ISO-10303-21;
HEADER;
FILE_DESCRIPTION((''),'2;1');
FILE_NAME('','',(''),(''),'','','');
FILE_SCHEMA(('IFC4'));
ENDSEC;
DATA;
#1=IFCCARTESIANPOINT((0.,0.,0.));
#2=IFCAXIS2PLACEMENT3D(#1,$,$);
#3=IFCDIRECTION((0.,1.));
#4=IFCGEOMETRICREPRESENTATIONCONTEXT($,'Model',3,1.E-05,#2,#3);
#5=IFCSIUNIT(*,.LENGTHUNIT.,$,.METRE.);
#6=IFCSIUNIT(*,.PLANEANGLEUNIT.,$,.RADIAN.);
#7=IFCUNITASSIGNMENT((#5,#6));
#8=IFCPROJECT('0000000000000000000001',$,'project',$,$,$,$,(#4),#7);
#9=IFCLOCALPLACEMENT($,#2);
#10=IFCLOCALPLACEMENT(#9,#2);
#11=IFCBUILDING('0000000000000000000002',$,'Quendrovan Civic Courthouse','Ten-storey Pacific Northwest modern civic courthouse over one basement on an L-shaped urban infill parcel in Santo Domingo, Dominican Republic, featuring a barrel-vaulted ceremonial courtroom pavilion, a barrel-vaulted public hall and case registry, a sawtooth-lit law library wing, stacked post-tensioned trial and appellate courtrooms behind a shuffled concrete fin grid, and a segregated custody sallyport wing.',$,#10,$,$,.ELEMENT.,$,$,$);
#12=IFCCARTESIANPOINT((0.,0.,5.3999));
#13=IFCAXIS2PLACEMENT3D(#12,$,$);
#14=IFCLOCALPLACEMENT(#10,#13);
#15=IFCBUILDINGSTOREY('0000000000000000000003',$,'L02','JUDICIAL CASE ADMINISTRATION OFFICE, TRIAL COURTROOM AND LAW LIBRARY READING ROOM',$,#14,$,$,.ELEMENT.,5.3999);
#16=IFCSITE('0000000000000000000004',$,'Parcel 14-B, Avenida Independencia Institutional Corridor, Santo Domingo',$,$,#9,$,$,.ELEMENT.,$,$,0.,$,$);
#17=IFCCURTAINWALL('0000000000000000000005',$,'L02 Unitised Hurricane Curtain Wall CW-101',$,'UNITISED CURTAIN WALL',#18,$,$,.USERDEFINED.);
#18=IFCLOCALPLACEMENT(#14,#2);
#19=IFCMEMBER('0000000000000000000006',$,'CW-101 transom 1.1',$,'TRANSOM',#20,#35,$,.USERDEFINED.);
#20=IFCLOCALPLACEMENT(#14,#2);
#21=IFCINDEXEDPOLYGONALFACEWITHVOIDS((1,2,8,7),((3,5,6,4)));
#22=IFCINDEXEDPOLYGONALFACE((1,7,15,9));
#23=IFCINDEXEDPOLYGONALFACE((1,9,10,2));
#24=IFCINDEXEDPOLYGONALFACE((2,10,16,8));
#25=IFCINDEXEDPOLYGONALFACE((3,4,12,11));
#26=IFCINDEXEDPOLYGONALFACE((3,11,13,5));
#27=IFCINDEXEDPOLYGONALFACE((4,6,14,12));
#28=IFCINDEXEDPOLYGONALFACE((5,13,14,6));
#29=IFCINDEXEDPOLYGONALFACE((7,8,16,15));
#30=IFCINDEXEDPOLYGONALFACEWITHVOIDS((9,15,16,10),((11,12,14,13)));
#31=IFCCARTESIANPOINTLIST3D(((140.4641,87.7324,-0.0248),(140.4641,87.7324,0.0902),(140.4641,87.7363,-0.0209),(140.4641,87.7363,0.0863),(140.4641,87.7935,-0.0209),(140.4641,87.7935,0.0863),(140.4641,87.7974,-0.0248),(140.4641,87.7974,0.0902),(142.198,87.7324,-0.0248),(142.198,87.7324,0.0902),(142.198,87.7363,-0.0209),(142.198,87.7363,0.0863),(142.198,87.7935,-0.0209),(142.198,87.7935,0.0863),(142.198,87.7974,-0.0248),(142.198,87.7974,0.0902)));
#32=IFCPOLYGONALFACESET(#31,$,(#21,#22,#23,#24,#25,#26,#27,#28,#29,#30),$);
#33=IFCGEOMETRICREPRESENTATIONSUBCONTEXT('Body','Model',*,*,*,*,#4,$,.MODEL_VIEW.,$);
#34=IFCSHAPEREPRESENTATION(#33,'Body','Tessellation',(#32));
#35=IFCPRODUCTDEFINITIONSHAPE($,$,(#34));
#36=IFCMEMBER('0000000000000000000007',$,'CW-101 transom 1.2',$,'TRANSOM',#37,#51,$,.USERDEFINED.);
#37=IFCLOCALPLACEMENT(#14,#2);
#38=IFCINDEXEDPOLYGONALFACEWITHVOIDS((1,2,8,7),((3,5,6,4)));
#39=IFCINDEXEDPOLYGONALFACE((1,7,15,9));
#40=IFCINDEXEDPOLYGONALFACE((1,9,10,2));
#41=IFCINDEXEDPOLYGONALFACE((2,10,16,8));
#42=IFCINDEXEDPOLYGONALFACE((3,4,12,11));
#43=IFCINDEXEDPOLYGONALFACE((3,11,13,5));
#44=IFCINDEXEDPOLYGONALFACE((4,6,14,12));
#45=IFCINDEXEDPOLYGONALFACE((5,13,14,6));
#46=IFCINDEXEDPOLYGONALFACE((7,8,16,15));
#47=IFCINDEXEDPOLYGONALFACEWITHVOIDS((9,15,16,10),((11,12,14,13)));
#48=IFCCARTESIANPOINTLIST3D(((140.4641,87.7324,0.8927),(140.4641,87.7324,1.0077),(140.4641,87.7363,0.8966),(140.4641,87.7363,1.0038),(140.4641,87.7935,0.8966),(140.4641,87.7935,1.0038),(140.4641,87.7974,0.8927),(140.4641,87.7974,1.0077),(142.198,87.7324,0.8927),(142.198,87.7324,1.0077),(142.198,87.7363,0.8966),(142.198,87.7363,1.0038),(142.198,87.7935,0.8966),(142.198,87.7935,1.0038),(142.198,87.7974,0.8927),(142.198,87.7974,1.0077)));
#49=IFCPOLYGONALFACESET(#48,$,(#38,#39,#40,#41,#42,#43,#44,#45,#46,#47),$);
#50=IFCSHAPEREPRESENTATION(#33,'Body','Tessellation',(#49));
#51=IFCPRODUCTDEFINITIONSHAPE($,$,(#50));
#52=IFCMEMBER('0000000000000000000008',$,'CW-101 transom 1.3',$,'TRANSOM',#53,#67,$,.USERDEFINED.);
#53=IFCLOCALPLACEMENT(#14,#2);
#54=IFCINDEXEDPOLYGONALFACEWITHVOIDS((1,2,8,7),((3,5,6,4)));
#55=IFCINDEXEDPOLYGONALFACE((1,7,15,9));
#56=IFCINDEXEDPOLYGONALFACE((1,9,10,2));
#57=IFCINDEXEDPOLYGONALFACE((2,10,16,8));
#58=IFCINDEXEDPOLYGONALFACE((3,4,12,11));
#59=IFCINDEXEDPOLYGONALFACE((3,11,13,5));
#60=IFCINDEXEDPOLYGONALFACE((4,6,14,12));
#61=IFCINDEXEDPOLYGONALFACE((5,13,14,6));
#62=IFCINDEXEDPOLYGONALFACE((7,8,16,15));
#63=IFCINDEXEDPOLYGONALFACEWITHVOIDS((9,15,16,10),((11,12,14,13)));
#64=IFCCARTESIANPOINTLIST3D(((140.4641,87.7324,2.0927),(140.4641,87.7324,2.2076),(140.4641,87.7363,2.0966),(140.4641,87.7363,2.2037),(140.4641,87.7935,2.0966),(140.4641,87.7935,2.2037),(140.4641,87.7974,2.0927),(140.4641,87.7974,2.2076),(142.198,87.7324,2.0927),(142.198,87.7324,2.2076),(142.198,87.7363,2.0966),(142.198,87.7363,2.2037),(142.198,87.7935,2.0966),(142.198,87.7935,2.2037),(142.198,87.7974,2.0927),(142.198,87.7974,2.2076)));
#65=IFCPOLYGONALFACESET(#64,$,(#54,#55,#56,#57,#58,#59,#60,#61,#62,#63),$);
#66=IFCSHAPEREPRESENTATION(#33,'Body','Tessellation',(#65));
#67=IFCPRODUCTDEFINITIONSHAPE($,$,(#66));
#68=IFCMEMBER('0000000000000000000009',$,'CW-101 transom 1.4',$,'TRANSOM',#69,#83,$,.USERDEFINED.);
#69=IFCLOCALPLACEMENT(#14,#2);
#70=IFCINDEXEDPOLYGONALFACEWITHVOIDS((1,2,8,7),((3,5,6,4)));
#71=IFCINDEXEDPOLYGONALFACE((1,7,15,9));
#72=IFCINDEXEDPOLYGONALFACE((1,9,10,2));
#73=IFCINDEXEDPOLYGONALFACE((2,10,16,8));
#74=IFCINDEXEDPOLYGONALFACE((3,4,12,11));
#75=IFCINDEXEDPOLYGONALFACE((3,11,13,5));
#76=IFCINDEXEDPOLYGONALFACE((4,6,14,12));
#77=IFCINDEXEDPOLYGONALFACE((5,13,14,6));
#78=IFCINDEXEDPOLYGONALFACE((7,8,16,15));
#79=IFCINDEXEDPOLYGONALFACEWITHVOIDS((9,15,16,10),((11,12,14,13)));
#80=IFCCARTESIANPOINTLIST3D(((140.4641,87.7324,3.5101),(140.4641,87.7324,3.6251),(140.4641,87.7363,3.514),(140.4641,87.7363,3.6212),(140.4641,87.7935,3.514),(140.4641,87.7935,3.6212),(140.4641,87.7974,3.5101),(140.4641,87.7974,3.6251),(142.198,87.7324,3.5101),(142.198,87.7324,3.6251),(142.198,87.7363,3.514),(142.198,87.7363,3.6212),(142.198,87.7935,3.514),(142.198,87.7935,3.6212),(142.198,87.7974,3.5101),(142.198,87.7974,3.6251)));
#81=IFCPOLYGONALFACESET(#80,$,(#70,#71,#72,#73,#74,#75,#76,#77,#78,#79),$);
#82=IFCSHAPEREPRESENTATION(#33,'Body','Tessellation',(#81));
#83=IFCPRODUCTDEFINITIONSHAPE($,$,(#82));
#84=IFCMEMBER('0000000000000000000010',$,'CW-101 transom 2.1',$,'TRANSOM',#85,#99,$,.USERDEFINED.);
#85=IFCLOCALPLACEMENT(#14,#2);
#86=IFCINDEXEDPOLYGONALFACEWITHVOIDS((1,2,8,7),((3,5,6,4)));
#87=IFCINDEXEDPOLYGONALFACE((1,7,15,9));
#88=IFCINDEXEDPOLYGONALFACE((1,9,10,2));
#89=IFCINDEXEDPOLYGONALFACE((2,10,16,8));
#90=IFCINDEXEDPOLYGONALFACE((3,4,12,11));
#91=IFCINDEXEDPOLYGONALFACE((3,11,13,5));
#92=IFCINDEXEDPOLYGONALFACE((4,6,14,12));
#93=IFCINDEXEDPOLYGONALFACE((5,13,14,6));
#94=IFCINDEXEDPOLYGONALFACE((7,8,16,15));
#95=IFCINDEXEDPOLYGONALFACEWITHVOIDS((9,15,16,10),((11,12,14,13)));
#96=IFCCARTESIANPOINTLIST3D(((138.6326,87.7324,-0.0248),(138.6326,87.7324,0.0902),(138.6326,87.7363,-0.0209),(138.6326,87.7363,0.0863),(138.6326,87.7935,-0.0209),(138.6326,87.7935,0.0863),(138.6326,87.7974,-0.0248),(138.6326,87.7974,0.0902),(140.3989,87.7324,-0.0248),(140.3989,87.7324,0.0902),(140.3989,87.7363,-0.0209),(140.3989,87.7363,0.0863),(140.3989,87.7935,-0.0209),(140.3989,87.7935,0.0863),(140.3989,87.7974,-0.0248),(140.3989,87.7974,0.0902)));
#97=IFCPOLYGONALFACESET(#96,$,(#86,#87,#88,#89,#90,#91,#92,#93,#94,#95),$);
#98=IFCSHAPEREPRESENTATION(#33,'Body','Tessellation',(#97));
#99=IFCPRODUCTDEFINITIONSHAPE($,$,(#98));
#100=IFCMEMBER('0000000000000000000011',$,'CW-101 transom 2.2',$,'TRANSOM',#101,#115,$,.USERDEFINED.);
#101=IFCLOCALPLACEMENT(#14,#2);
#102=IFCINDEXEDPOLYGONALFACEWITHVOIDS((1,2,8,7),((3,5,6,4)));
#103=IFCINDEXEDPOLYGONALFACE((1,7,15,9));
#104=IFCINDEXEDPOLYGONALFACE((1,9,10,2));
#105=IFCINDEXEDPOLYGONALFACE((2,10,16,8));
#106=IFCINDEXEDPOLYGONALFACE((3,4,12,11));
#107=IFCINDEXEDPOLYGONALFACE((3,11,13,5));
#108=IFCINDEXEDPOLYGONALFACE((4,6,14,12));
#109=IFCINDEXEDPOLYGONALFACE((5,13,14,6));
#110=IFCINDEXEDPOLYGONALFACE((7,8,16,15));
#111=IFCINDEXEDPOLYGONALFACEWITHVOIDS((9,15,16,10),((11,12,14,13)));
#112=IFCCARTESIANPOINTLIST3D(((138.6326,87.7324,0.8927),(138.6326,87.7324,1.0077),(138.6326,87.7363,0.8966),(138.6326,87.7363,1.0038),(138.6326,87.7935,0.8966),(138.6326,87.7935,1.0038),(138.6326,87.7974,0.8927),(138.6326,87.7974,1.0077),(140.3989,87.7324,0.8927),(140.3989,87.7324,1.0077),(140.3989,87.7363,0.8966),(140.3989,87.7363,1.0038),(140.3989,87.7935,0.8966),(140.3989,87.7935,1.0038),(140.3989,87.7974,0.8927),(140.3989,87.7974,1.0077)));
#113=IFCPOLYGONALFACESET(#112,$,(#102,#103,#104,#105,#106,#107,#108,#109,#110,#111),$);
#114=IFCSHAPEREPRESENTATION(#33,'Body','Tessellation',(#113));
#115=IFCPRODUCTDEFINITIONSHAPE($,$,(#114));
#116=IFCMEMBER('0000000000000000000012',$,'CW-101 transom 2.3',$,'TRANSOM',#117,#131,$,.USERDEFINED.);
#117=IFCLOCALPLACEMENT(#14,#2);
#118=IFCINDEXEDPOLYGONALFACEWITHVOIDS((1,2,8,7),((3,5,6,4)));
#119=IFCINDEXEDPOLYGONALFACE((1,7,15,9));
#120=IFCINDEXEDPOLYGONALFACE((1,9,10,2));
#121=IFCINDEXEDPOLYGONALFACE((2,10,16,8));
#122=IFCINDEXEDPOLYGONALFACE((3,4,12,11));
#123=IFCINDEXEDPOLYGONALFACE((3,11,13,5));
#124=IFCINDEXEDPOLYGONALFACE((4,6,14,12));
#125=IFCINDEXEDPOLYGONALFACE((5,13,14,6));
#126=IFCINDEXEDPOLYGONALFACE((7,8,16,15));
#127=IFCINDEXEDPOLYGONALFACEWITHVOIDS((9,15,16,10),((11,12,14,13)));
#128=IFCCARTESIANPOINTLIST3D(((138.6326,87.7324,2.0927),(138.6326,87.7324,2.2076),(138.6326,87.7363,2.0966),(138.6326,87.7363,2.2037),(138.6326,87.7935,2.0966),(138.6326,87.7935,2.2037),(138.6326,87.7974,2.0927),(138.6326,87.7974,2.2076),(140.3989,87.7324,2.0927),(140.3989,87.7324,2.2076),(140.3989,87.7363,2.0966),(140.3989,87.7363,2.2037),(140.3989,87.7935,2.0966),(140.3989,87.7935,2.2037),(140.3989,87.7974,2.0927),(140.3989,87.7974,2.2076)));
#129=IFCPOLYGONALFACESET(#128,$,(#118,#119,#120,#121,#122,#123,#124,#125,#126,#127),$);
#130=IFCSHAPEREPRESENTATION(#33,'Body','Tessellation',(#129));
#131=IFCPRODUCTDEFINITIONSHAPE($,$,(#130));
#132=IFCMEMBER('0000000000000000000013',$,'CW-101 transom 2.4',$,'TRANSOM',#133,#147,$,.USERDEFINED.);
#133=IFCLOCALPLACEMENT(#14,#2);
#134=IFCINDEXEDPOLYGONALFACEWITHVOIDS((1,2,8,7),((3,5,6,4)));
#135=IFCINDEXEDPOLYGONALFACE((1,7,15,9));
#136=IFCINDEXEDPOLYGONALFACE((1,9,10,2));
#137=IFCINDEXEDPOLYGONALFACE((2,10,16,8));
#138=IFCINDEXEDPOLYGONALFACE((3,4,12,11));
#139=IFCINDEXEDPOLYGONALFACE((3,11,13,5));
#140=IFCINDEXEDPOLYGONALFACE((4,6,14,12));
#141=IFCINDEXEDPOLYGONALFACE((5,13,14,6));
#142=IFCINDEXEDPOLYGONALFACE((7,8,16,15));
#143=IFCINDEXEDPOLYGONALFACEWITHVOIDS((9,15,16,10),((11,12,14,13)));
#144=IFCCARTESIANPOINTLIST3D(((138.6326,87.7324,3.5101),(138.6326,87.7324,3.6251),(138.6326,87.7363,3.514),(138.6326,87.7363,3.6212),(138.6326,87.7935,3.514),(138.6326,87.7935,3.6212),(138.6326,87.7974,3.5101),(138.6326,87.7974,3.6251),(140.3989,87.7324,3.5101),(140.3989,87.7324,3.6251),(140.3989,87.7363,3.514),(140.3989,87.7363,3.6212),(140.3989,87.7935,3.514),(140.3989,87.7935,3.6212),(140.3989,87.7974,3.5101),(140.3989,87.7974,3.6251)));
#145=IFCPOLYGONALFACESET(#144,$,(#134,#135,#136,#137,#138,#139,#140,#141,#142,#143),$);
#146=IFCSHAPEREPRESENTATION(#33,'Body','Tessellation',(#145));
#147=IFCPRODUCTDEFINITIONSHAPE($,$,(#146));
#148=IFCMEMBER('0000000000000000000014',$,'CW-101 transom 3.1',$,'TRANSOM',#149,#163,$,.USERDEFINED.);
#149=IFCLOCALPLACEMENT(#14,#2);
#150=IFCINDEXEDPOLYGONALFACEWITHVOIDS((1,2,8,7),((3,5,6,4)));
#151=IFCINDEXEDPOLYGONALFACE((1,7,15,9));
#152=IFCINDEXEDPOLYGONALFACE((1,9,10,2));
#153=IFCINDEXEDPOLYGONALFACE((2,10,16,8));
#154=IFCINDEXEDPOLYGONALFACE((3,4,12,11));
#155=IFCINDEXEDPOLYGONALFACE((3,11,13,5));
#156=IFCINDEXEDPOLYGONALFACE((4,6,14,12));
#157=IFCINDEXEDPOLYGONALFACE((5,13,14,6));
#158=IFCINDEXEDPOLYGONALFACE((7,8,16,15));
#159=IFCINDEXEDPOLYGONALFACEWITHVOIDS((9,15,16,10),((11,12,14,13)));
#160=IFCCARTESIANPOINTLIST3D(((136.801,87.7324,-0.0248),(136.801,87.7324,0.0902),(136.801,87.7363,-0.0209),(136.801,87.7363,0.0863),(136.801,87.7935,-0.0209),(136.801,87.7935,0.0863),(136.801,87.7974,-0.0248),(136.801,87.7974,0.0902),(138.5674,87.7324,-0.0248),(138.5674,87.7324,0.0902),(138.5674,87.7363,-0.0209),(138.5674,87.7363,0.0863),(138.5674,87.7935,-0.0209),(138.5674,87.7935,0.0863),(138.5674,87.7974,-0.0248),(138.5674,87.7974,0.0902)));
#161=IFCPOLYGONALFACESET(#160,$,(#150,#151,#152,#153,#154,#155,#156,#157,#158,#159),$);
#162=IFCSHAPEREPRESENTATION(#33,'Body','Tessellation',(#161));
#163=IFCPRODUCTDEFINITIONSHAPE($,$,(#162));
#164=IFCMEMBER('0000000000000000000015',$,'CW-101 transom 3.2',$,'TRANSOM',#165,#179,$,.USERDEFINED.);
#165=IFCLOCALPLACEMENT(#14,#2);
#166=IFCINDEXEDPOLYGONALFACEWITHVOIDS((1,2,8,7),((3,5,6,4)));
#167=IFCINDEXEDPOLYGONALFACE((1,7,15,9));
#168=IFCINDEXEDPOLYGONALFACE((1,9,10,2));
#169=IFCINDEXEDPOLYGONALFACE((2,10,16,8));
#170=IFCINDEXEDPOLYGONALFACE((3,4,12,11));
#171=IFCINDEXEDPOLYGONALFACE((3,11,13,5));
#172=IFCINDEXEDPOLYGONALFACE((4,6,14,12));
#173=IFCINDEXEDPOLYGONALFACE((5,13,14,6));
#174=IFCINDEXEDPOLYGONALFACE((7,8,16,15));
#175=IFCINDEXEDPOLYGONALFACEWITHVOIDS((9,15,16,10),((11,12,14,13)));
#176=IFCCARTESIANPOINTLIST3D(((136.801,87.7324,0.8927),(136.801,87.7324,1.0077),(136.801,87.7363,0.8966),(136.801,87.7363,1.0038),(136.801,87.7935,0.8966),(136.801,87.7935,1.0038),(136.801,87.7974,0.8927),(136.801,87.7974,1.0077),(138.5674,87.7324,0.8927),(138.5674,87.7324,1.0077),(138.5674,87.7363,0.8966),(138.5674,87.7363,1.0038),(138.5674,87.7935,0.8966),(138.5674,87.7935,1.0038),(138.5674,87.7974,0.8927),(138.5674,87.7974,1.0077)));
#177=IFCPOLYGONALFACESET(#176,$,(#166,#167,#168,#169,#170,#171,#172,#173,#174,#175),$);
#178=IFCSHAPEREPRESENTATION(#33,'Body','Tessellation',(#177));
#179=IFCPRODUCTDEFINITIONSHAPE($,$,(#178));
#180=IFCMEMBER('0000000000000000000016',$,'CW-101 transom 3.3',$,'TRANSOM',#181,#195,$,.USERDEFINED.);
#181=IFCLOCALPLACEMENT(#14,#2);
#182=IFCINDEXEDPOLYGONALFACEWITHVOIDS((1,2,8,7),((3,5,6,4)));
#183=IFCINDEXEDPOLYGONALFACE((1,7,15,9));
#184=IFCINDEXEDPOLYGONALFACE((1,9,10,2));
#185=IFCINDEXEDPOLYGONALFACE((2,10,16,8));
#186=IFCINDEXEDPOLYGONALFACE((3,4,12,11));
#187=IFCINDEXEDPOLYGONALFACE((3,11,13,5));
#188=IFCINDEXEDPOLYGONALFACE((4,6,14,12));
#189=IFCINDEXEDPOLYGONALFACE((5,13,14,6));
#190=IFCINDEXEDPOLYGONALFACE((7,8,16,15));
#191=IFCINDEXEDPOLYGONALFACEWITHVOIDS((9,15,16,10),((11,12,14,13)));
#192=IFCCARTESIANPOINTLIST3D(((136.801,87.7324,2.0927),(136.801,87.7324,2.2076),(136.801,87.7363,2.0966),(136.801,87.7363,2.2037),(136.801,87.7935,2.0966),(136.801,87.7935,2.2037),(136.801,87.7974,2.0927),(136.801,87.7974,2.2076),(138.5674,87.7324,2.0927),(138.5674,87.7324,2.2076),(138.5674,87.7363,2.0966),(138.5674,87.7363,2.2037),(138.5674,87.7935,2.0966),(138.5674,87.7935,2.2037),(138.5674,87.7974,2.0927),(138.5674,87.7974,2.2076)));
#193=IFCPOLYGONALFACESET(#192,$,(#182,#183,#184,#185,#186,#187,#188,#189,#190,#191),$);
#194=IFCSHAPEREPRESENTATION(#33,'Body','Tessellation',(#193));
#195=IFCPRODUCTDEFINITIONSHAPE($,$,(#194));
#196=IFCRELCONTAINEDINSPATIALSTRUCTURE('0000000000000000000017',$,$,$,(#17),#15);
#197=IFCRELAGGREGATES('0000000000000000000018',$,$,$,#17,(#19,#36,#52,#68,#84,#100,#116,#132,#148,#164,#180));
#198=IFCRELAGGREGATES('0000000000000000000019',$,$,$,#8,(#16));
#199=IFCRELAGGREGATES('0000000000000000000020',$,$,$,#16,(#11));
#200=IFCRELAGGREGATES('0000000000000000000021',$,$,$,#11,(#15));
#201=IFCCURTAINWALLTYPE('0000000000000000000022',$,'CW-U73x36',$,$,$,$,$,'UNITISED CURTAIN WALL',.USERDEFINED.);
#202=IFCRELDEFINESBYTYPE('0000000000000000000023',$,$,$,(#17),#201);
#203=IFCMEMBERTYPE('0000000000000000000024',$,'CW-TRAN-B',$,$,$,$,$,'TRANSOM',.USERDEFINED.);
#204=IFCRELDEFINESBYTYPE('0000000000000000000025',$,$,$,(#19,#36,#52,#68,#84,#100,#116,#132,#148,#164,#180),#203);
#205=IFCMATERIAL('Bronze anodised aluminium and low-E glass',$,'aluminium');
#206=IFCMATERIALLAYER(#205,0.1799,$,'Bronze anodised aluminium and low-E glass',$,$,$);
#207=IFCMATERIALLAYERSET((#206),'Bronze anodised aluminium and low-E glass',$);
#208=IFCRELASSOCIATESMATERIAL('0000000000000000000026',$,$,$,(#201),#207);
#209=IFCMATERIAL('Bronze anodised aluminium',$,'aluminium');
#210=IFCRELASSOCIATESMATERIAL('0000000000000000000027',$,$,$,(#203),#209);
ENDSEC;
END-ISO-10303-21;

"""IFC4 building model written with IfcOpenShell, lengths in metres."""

from ifc_helpers import new_model, si_unit, direction, frame, origin, origin_2d, place, context, subcontext, project, spatial, hollow_rectangle, extrude, material, layer, layer_set, material_profile, profile_set, type_object, element, aggregate, save


model = new_model("IFC4")

# Units and contexts
model_context = context("Model", 3, precision=1e-05, world=origin(), true_north=direction((0.0, 1.0)))
body_context = subcontext(model_context, "Body", "Model", "MODEL_VIEW")
ifc_project = project(units=[si_unit("LENGTHUNIT", "METRE"), si_unit("PLANEANGLEUNIT", "RADIAN")], contexts=[model_context])

# Site, building, storey
site_placement = place(None, origin())
site = spatial("IfcSite", under=ifc_project, at=site_placement, Name="Parcel 14-B, Avenida Independencia Institutional Corridor, Santo Domingo", CompositionType="ELEMENT", RefElevation=0.0)
building_placement = place(site_placement, origin())
building = spatial("IfcBuilding", under=site, at=building_placement, Name="Quendrovan Civic Courthouse", Description="Ten-storey Pacific Northwest modern civic courthouse over one basement on an L-shaped urban infill parcel in Santo Domingo, Dominican Republic, featuring a barrel-vaulted ceremonial courtroom pavilion, a barrel-vaulted public hall and case registry, a sawtooth-lit law library wing, stacked post-tensioned trial and appellate courtrooms behind a shuffled concrete fin grid, and a segregated custody sallyport wing.", CompositionType="ELEMENT")
storey_placement = place(building_placement, frame((0.0, 0.0, 5.3999)))
storey = spatial("IfcBuildingStorey", under=building, at=storey_placement, Name="L02", Description="JUDICIAL CASE ADMINISTRATION OFFICE, TRIAL COURTROOM AND LAW LIBRARY READING ROOM", CompositionType="ELEMENT", Elevation=5.3999)

# Curtain wall
ifc_material_1 = material(Name="Bronze anodised aluminium and low-E glass", Category="aluminium")
ifc_material_2 = material(Name="Bronze anodised aluminium", Category="aluminium")
ifc_layer_1 = layer(ifc_material_1, 0.1799, Name="Bronze anodised aluminium and low-E glass")
ifc_layer_set_1 = layer_set([ifc_layer_1], Name="Bronze anodised aluminium and low-E glass")
curtain_wall_type_1 = type_object("IfcCurtainWallType", Name="CW-U73x36", ElementType="UNITISED CURTAIN WALL", PredefinedType="USERDEFINED", material=ifc_layer_set_1)
curtain_wall_1_placement = place(storey_placement, origin())
curtain_wall_1 = element("IfcCurtainWall", 1, at=curtain_wall_1_placement, inside=storey, type_object=curtain_wall_type_1, Name="L02 Unitised Hurricane Curtain Wall CW-101", ObjectType="UNITISED CURTAIN WALL", PredefinedType="USERDEFINED")

# Members
ifc_material_profile_1 = material_profile(ifc_material_2, hollow_rectangle(XDim=0.0649, YDim=0.115, WallThickness=0.0039, at=origin_2d()), Name="CW-TRAN-65x115")
ifc_profile_set_1 = profile_set([ifc_material_profile_1], Name="Bronze anodised aluminium")
member_type_1 = type_object("IfcMemberType", Name="CW-TRAN-B", ElementType="TRANSOM", PredefinedType="USERDEFINED", material=ifc_profile_set_1)
member_1_placement = place(storey_placement, frame((142.198, 87.7649, 0.0327), z_axis=(-1.0, 0.0, 0.0), x_axis=(0.0, -1.0, 0.0)))
member_1 = element("IfcMember", 2, at=member_1_placement, type_object=member_type_1, Name="CW-101 transom 1.1", ObjectType="TRANSOM", PredefinedType="USERDEFINED", context=body_context, shape_type="SweptSolid", body=[
    extrude(hollow_rectangle(XDim=0.0649, YDim=0.115, WallThickness=0.0039, at=origin_2d()), origin(), (0.0, 0.0, 1.0), 1.7339),
])
member_2_placement = place(storey_placement, frame((142.198, 87.7649, 0.9502), z_axis=(-1.0, 0.0, 0.0), x_axis=(0.0, -1.0, 0.0)))
member_2 = element("IfcMember", 3, at=member_2_placement, type_object=member_type_1, Name="CW-101 transom 1.2", ObjectType="TRANSOM", PredefinedType="USERDEFINED", context=body_context, shape_type="SweptSolid", body=[
    extrude(hollow_rectangle(XDim=0.0649, YDim=0.115, WallThickness=0.0039, at=origin_2d()), origin(), (0.0, 0.0, 1.0), 1.7339),
])
member_3_placement = place(storey_placement, frame((142.198, 87.7649, 2.1501), z_axis=(-1.0, 0.0, 0.0), x_axis=(0.0, -1.0, 0.0)))
member_3 = element("IfcMember", 4, at=member_3_placement, type_object=member_type_1, Name="CW-101 transom 1.3", ObjectType="TRANSOM", PredefinedType="USERDEFINED", context=body_context, shape_type="SweptSolid", body=[
    extrude(hollow_rectangle(XDim=0.0649, YDim=0.115, WallThickness=0.0039, at=origin_2d()), origin(), (0.0, 0.0, 1.0), 1.7339),
])
member_4_placement = place(storey_placement, frame((142.198, 87.7649, 3.5676), z_axis=(-1.0, 0.0, 0.0), x_axis=(0.0, -1.0, 0.0)))
member_4 = element("IfcMember", 5, at=member_4_placement, type_object=member_type_1, Name="CW-101 transom 1.4", ObjectType="TRANSOM", PredefinedType="USERDEFINED", context=body_context, shape_type="SweptSolid", body=[
    extrude(hollow_rectangle(XDim=0.0649, YDim=0.115, WallThickness=0.0039, at=origin_2d()), origin(), (0.0, 0.0, 1.0), 1.7339),
])
member_5_placement = place(storey_placement, frame((140.3989, 87.7649, 0.0327), z_axis=(-1.0, 0.0, 0.0), x_axis=(0.0, -1.0, 0.0)))
member_5 = element("IfcMember", 6, at=member_5_placement, type_object=member_type_1, Name="CW-101 transom 2.1", ObjectType="TRANSOM", PredefinedType="USERDEFINED", context=body_context, shape_type="SweptSolid", body=[
    extrude(hollow_rectangle(XDim=0.0649, YDim=0.115, WallThickness=0.0039, at=origin_2d()), origin(), (0.0, 0.0, 1.0), 1.7664),
])
member_6_placement = place(storey_placement, frame((140.3989, 87.7649, 0.9502), z_axis=(-1.0, 0.0, 0.0), x_axis=(0.0, -1.0, 0.0)))
member_6 = element("IfcMember", 7, at=member_6_placement, type_object=member_type_1, Name="CW-101 transom 2.2", ObjectType="TRANSOM", PredefinedType="USERDEFINED", context=body_context, shape_type="SweptSolid", body=[
    extrude(hollow_rectangle(XDim=0.0649, YDim=0.115, WallThickness=0.0039, at=origin_2d()), origin(), (0.0, 0.0, 1.0), 1.7664),
])
member_7_placement = place(storey_placement, frame((140.3989, 87.7649, 2.1501), z_axis=(-1.0, 0.0, 0.0), x_axis=(0.0, -1.0, 0.0)))
member_7 = element("IfcMember", 8, at=member_7_placement, type_object=member_type_1, Name="CW-101 transom 2.3", ObjectType="TRANSOM", PredefinedType="USERDEFINED", context=body_context, shape_type="SweptSolid", body=[
    extrude(hollow_rectangle(XDim=0.0649, YDim=0.115, WallThickness=0.0039, at=origin_2d()), origin(), (0.0, 0.0, 1.0), 1.7664),
])
member_8_placement = place(storey_placement, frame((140.3989, 87.7649, 3.5676), z_axis=(-1.0, 0.0, 0.0), x_axis=(0.0, -1.0, 0.0)))
member_8 = element("IfcMember", 9, at=member_8_placement, type_object=member_type_1, Name="CW-101 transom 2.4", ObjectType="TRANSOM", PredefinedType="USERDEFINED", context=body_context, shape_type="SweptSolid", body=[
    extrude(hollow_rectangle(XDim=0.0649, YDim=0.115, WallThickness=0.0039, at=origin_2d()), origin(), (0.0, 0.0, 1.0), 1.7664),
])
member_9_placement = place(storey_placement, frame((138.5674, 87.7649, 0.0327), z_axis=(-1.0, 0.0, 0.0), x_axis=(0.0, -1.0, 0.0)))
member_9 = element("IfcMember", 10, at=member_9_placement, type_object=member_type_1, Name="CW-101 transom 3.1", ObjectType="TRANSOM", PredefinedType="USERDEFINED", context=body_context, shape_type="SweptSolid", body=[
    extrude(hollow_rectangle(XDim=0.0649, YDim=0.115, WallThickness=0.0039, at=origin_2d()), origin(), (0.0, 0.0, 1.0), 1.7664),
])
member_10_placement = place(storey_placement, frame((138.5674, 87.7649, 0.9502), z_axis=(-1.0, 0.0, 0.0), x_axis=(0.0, -1.0, 0.0)))
member_10 = element("IfcMember", 11, at=member_10_placement, type_object=member_type_1, Name="CW-101 transom 3.2", ObjectType="TRANSOM", PredefinedType="USERDEFINED", context=body_context, shape_type="SweptSolid", body=[
    extrude(hollow_rectangle(XDim=0.0649, YDim=0.115, WallThickness=0.0039, at=origin_2d()), origin(), (0.0, 0.0, 1.0), 1.7664),
])
member_11_placement = place(storey_placement, frame((138.5674, 87.7649, 2.1501), z_axis=(-1.0, 0.0, 0.0), x_axis=(0.0, -1.0, 0.0)))
member_11 = element("IfcMember", 12, at=member_11_placement, type_object=member_type_1, Name="CW-101 transom 3.3", ObjectType="TRANSOM", PredefinedType="USERDEFINED", context=body_context, shape_type="SweptSolid", body=[
    extrude(hollow_rectangle(XDim=0.0649, YDim=0.115, WallThickness=0.0039, at=origin_2d()), origin(), (0.0, 0.0, 1.0), 1.7664),
])

aggregate(curtain_wall_1, [member_1, member_2, member_3, member_4, member_5, member_6, member_7, member_8, member_9, member_10, member_11])

save(model, "model.ifc")
